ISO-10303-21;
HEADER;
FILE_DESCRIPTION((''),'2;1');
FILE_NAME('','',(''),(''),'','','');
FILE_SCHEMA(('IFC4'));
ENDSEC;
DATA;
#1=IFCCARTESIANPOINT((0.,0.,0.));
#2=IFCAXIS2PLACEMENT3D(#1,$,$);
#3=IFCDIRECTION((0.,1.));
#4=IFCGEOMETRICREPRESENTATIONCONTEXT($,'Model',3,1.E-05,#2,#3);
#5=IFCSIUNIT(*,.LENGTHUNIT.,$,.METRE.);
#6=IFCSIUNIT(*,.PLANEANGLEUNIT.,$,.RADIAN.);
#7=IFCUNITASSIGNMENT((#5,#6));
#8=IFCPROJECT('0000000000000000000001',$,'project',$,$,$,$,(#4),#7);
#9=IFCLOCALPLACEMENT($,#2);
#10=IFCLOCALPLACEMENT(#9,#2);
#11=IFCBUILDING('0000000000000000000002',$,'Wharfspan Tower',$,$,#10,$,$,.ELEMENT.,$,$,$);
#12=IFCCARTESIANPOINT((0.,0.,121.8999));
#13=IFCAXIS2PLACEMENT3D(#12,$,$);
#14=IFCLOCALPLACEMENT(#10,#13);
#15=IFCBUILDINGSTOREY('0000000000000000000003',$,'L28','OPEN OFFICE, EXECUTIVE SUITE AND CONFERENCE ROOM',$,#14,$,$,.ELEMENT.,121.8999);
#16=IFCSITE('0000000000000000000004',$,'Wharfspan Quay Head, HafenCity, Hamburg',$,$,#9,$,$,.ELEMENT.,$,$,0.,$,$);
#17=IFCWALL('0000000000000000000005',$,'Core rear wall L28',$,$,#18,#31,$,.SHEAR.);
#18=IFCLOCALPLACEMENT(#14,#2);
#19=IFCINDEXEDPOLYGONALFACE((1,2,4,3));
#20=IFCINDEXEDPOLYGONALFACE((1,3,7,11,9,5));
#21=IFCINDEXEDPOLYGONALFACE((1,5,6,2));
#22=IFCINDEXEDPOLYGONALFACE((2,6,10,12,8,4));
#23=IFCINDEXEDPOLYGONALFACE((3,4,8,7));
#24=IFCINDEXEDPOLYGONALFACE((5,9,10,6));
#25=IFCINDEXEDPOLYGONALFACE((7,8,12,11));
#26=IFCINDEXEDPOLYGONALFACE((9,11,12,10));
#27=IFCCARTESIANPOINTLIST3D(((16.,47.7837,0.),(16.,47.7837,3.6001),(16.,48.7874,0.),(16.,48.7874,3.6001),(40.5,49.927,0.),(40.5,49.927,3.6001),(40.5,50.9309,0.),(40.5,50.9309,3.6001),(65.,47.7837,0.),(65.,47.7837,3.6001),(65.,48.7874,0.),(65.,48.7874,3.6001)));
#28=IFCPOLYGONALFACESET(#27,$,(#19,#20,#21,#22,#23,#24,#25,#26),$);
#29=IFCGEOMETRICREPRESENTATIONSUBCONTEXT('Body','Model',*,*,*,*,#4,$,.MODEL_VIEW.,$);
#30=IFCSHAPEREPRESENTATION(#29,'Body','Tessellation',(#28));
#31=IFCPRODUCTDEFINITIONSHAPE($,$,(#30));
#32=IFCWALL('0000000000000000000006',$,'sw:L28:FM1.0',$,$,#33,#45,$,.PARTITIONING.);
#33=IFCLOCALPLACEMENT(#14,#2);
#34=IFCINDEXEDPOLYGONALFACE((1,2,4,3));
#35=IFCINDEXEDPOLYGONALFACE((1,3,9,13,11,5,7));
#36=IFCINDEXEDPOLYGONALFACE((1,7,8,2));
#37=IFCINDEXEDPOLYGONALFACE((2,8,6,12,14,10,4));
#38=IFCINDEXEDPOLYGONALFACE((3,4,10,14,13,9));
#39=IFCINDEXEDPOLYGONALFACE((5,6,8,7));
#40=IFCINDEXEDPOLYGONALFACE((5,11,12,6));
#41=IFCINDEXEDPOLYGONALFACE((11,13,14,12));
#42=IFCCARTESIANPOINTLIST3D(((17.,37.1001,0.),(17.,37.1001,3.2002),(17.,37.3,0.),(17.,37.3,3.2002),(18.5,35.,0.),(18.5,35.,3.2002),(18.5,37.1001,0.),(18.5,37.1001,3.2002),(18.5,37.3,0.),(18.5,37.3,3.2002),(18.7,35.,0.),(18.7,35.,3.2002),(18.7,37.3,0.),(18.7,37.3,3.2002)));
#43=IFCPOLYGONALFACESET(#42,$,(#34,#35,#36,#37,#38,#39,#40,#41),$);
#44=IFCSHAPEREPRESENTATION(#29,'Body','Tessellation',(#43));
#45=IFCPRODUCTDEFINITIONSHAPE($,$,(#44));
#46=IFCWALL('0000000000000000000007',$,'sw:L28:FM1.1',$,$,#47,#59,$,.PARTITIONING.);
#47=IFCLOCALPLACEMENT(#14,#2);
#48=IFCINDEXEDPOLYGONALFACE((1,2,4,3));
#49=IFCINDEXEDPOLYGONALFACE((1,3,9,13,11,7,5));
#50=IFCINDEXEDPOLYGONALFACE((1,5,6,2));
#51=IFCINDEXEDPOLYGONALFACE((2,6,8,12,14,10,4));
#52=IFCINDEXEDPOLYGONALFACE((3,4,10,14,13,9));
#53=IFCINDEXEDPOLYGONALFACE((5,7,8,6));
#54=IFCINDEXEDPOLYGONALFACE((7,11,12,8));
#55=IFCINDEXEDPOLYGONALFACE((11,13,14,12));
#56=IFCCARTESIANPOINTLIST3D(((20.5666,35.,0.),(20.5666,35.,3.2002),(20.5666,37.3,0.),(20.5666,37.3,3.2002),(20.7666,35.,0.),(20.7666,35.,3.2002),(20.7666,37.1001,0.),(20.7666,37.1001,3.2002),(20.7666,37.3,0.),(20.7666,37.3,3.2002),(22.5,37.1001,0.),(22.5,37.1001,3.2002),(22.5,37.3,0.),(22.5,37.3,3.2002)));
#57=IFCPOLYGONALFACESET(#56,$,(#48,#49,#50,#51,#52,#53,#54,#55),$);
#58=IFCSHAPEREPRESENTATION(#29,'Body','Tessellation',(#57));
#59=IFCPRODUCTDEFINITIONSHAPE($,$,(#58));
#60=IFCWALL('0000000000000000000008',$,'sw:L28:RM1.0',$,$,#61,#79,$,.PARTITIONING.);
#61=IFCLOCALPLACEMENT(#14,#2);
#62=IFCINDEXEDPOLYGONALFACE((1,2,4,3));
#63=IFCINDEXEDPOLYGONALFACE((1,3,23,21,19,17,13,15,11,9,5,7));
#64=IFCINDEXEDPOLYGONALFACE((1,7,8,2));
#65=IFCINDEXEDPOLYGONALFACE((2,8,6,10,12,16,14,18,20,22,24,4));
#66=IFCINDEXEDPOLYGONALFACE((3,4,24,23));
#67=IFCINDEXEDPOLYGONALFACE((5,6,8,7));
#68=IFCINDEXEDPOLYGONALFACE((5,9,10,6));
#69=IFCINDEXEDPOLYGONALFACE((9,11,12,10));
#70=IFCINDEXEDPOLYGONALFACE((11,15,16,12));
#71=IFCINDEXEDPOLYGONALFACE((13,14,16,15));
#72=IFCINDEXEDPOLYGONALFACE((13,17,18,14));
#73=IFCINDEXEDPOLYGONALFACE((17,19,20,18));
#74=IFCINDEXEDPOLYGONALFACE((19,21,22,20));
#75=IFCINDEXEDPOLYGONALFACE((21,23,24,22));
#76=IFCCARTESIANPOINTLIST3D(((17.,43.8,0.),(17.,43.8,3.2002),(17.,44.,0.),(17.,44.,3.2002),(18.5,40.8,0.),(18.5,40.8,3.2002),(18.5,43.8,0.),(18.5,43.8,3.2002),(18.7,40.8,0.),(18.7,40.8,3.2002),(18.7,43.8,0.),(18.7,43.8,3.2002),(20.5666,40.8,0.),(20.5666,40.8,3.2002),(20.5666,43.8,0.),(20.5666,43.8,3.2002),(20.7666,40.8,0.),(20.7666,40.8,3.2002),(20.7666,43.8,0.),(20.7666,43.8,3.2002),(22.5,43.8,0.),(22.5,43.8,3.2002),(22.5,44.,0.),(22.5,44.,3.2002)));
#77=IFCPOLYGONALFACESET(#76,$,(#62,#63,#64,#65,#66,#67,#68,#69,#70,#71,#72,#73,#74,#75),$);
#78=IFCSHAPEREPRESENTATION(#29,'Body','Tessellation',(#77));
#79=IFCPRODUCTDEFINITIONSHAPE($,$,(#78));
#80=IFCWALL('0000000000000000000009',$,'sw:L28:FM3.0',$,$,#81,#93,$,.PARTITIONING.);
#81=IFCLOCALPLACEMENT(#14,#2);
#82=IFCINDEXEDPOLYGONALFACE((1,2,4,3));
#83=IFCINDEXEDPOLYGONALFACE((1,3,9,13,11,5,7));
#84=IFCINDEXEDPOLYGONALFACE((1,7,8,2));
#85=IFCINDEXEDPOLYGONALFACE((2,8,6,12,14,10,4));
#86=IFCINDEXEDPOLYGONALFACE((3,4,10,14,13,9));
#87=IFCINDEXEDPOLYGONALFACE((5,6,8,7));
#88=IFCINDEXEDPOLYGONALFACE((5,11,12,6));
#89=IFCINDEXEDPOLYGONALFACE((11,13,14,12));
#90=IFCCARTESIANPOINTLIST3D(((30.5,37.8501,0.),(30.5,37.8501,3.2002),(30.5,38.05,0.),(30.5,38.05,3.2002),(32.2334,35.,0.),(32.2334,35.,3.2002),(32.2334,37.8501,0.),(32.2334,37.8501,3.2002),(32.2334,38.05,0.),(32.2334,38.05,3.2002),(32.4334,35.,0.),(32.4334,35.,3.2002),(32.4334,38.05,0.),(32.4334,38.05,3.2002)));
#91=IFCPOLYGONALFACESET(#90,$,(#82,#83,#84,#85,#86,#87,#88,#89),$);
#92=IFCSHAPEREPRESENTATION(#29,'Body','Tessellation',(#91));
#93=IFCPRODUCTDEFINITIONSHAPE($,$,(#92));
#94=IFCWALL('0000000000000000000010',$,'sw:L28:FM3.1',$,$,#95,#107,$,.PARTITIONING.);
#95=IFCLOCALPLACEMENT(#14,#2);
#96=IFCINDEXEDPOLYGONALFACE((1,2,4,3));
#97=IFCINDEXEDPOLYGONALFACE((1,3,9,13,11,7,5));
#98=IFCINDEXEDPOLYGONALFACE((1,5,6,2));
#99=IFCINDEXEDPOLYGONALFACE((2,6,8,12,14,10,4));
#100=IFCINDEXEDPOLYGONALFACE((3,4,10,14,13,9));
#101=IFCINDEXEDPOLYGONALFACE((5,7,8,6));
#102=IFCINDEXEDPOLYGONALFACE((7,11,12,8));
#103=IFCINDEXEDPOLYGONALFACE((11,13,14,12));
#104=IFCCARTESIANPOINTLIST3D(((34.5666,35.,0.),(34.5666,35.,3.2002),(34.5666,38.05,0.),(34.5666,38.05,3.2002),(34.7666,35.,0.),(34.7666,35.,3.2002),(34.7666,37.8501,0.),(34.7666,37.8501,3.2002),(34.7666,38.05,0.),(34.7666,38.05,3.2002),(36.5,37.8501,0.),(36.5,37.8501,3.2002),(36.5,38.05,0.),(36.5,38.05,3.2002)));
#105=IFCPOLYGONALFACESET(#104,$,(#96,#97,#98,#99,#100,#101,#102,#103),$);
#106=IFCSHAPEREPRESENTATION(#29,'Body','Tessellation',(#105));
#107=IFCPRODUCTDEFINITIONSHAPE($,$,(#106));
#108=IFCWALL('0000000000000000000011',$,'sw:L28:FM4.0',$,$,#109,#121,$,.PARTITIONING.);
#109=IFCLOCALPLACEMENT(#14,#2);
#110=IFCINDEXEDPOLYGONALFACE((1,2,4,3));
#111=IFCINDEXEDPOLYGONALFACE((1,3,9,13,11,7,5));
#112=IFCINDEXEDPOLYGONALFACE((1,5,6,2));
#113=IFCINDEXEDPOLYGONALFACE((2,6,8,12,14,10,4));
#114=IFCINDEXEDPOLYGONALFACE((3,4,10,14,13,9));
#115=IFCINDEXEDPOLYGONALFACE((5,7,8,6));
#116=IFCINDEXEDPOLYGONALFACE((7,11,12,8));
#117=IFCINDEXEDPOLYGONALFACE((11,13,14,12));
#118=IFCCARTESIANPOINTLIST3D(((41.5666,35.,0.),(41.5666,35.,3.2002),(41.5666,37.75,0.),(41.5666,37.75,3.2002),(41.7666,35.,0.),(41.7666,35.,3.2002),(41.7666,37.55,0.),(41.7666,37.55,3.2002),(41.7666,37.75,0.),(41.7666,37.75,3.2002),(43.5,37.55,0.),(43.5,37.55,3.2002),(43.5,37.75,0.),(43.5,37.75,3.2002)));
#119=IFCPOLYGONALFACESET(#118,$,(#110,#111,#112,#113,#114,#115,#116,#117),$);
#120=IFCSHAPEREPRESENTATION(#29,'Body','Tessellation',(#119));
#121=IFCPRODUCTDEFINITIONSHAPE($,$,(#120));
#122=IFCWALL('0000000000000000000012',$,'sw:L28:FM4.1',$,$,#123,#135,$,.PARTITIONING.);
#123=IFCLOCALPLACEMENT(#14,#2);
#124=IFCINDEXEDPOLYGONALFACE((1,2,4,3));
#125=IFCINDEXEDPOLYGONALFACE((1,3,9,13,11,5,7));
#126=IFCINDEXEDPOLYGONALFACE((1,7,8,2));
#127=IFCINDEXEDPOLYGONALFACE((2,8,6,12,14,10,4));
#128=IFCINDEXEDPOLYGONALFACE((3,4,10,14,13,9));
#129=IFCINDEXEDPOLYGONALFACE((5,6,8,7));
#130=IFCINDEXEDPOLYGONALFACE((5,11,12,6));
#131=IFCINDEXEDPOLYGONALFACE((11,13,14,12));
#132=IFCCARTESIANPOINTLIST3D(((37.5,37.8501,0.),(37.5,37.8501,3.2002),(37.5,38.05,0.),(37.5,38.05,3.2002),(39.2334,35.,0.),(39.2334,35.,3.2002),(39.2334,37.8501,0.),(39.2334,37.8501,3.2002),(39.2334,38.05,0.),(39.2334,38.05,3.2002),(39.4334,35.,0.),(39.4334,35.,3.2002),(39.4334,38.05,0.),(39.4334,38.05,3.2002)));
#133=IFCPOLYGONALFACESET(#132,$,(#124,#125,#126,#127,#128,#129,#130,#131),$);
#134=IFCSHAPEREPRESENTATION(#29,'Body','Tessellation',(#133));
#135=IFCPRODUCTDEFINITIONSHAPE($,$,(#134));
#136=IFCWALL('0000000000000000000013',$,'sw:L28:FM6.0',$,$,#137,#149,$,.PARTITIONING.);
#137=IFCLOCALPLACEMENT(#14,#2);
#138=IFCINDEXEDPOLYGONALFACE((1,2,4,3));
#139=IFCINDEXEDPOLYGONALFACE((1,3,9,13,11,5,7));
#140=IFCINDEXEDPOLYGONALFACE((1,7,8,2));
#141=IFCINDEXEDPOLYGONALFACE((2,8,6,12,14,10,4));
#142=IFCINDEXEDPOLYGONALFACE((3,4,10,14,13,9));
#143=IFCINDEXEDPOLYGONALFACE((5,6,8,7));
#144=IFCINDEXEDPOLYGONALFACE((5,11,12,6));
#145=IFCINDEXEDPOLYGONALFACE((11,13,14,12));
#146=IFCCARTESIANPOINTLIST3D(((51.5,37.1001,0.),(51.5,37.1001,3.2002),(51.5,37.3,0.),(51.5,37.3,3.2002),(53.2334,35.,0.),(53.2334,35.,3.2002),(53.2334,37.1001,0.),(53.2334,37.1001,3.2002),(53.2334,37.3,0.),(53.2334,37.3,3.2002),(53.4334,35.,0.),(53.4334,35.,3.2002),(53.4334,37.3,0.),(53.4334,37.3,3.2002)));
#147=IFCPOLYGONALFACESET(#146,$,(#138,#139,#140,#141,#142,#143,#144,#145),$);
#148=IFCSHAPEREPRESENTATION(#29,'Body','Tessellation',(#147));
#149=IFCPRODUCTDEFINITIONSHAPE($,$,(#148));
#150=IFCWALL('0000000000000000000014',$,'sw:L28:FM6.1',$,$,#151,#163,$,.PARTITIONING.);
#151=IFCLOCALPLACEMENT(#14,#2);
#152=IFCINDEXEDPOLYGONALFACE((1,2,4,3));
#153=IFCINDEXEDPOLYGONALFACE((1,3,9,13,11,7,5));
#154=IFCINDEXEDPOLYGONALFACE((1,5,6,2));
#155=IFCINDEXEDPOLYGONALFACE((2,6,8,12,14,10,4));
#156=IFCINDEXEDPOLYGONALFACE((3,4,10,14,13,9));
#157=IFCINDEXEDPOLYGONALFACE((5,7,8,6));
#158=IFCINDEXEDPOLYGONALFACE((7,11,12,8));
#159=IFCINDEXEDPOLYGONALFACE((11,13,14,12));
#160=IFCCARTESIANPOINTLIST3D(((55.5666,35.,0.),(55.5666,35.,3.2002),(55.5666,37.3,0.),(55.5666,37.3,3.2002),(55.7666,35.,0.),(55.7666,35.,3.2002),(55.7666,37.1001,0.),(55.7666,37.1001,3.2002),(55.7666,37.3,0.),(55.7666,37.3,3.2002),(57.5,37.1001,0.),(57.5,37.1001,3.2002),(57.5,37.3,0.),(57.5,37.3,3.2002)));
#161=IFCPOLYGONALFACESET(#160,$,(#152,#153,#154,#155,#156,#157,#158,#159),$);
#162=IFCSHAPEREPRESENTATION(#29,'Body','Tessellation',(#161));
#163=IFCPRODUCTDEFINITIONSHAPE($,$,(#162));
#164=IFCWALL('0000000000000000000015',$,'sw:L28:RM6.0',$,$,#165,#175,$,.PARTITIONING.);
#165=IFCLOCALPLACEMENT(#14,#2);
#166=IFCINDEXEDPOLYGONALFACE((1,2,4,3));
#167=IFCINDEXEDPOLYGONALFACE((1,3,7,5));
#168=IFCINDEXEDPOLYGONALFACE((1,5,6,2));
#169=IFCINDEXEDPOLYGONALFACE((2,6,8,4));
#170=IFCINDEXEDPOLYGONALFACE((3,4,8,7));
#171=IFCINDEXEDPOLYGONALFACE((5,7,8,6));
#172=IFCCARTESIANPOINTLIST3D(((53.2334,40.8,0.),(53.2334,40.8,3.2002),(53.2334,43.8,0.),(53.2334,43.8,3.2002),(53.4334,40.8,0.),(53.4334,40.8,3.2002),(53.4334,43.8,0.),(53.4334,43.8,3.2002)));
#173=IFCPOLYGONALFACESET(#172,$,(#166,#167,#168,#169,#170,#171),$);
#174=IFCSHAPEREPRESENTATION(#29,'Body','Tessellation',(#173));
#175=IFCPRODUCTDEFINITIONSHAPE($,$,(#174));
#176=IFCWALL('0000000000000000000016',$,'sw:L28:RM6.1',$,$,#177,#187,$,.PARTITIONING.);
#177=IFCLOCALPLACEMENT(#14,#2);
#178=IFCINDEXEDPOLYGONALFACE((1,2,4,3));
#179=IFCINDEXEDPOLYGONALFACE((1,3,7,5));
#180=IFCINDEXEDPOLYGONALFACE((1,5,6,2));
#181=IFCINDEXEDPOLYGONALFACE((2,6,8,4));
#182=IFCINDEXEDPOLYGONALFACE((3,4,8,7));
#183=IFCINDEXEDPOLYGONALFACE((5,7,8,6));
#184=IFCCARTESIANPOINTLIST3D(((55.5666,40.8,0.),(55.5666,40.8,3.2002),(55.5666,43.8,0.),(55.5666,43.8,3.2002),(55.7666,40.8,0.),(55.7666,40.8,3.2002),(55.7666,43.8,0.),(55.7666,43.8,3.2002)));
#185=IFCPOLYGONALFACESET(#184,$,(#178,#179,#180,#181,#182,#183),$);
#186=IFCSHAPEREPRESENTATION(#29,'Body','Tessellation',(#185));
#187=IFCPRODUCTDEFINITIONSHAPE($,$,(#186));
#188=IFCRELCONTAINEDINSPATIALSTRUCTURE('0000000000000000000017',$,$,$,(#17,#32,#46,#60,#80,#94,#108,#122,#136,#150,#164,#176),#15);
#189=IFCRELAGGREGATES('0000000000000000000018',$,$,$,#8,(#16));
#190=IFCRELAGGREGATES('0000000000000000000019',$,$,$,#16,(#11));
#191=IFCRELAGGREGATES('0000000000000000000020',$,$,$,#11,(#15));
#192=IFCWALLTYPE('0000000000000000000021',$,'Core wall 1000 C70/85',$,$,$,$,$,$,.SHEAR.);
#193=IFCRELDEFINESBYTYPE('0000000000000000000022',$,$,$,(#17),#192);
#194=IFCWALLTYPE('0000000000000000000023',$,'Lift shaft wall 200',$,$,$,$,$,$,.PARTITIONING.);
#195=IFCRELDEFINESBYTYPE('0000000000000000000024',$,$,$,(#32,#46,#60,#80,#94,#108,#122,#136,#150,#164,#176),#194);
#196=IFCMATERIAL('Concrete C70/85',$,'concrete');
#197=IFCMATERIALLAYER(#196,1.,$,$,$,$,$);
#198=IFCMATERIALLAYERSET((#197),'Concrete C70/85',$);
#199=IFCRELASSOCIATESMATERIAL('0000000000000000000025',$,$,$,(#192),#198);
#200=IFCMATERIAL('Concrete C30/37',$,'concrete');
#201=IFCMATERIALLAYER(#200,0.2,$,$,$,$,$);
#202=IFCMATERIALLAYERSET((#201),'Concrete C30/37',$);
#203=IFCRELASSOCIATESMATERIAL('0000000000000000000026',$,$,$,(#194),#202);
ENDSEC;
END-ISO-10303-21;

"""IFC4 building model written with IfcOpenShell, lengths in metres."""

from ifc_helpers import new_model, si_unit, direction, frame, origin, place, context, subcontext, project, spatial, polyline, outline, extrude, material, layer, layer_set, type_object, element, save


model = new_model("IFC4")

# Units and contexts
model_context = context("Model", 3, precision=1e-05, world=origin(), true_north=direction((0.0, 1.0)))
body_context = subcontext(model_context, "Body", "Model", "MODEL_VIEW")
ifc_project = project(units=[si_unit("LENGTHUNIT", "METRE"), si_unit("PLANEANGLEUNIT", "RADIAN")], contexts=[model_context])

# Site, building, storey
site_placement = place(None, origin())
site = spatial("IfcSite", under=ifc_project, at=site_placement, Name="Wharfspan Quay Head, HafenCity, Hamburg", CompositionType="ELEMENT", RefElevation=0.0)
building_placement = place(site_placement, origin())
building = spatial("IfcBuilding", under=site, at=building_placement, Name="Wharfspan Tower", CompositionType="ELEMENT")
storey_placement = place(building_placement, frame((0.0, 0.0, 121.8999)))
storey = spatial("IfcBuildingStorey", under=building, at=storey_placement, Name="L28", Description="OPEN OFFICE, EXECUTIVE SUITE AND CONFERENCE ROOM", CompositionType="ELEMENT", Elevation=121.8999)

# Walls
ifc_material_1 = material(Name="Concrete C70/85", Category="concrete")
ifc_layer_1 = layer(ifc_material_1, 1.0)
ifc_layer_set_1 = layer_set([ifc_layer_1], Name="Concrete C70/85")
wall_type_1 = type_object("IfcWallType", Name="Core wall 1000 C70/85", PredefinedType="SHEAR", material=ifc_layer_set_1)
wall_1_placement = place(storey_placement, origin())
element("IfcWall", 1, at=wall_1_placement, inside=storey, type_object=wall_type_1, Name="Core rear wall L28", PredefinedType="SHEAR", context=body_context, shape_type="SweptSolid", body=[
    extrude(outline(polyline([(16.0, 47.7837), (40.5, 49.927), (65.0, 47.7837), (65.0, 48.7874), (40.5, 50.9309), (16.0, 48.7874), (16.0, 47.7837)])), origin(), (0.0, 0.0, 1.0), 3.6001),
])
ifc_material_2 = material(Name="Concrete C30/37", Category="concrete")
ifc_layer_2 = layer(ifc_material_2, 0.2)
ifc_layer_set_2 = layer_set([ifc_layer_2], Name="Concrete C30/37")
wall_type_2 = type_object("IfcWallType", Name="Lift shaft wall 200", PredefinedType="PARTITIONING", material=ifc_layer_set_2)
wall_2_placement = place(storey_placement, origin())
element("IfcWall", 2, at=wall_2_placement, inside=storey, type_object=wall_type_2, Name="sw:L28:FM1.0", PredefinedType="PARTITIONING", context=body_context, shape_type="SweptSolid", body=[
    extrude(outline(polyline([(18.5, 37.1001), (17.0, 37.1001), (17.0, 37.3), (18.5, 37.3), (18.7, 37.3), (18.7, 35.0), (18.5, 35.0), (18.5, 37.1001)])), origin(), (0.0, 0.0, 1.0), 3.2002),
])
wall_3_placement = place(storey_placement, origin())
element("IfcWall", 3, at=wall_3_placement, inside=storey, type_object=wall_type_2, Name="sw:L28:FM1.1", PredefinedType="PARTITIONING", context=body_context, shape_type="SweptSolid", body=[
    extrude(outline(polyline([(20.5666, 37.3), (20.7666, 37.3), (22.5, 37.3), (22.5, 37.1001), (20.7666, 37.1001), (20.7666, 35.0), (20.5666, 35.0), (20.5666, 37.3)])), origin(), (0.0, 0.0, 1.0), 3.2002),
])
wall_4_placement = place(storey_placement, origin())
element("IfcWall", 4, at=wall_4_placement, inside=storey, type_object=wall_type_2, Name="sw:L28:RM1.0", PredefinedType="PARTITIONING", context=body_context, shape_type="SweptSolid", body=[
    extrude(outline(polyline([(18.7, 40.8), (18.5, 40.8), (18.5, 43.8), (17.0, 43.8), (17.0, 44.0), (22.5, 44.0), (22.5, 43.8), (20.7666, 43.8), (20.7666, 40.8), (20.5666, 40.8), (20.5666, 43.8), (18.7, 43.8), (18.7, 40.8)])), origin(), (0.0, 0.0, 1.0), 3.2002),
])
wall_5_placement = place(storey_placement, origin())
element("IfcWall", 5, at=wall_5_placement, inside=storey, type_object=wall_type_2, Name="sw:L28:FM3.0", PredefinedType="PARTITIONING", context=body_context, shape_type="SweptSolid", body=[
    extrude(outline(polyline([(32.2334, 37.8501), (30.5, 37.8501), (30.5, 38.05), (32.2334, 38.05), (32.4333, 38.05), (32.4333, 35.0), (32.2334, 35.0), (32.2334, 37.8501)])), origin(), (0.0, 0.0, 1.0), 3.2002),
])
wall_6_placement = place(storey_placement, origin())
element("IfcWall", 6, at=wall_6_placement, inside=storey, type_object=wall_type_2, Name="sw:L28:FM3.1", PredefinedType="PARTITIONING", context=body_context, shape_type="SweptSolid", body=[
    extrude(outline(polyline([(34.5667, 38.05), (34.7666, 38.05), (36.5, 38.05), (36.5, 37.8501), (34.7666, 37.8501), (34.7666, 35.0), (34.5667, 35.0), (34.5667, 38.05)])), origin(), (0.0, 0.0, 1.0), 3.2002),
])
wall_7_placement = place(storey_placement, origin())
element("IfcWall", 7, at=wall_7_placement, inside=storey, type_object=wall_type_2, Name="sw:L28:FM4.0", PredefinedType="PARTITIONING", context=body_context, shape_type="SweptSolid", body=[
    extrude(outline(polyline([(41.5667, 37.75), (41.7666, 37.75), (43.5, 37.75), (43.5, 37.55), (41.7666, 37.55), (41.7666, 35.0), (41.5667, 35.0), (41.5667, 37.75)])), origin(), (0.0, 0.0, 1.0), 3.2002),
])
wall_8_placement = place(storey_placement, origin())
element("IfcWall", 8, at=wall_8_placement, inside=storey, type_object=wall_type_2, Name="sw:L28:FM4.1", PredefinedType="PARTITIONING", context=body_context, shape_type="SweptSolid", body=[
    extrude(outline(polyline([(39.2334, 37.8501), (37.5, 37.8501), (37.5, 38.05), (39.2334, 38.05), (39.4333, 38.05), (39.4333, 35.0), (39.2334, 35.0), (39.2334, 37.8501)])), origin(), (0.0, 0.0, 1.0), 3.2002),
])
wall_9_placement = place(storey_placement, origin())
element("IfcWall", 9, at=wall_9_placement, inside=storey, type_object=wall_type_2, Name="sw:L28:FM6.0", PredefinedType="PARTITIONING", context=body_context, shape_type="SweptSolid", body=[
    extrude(outline(polyline([(53.2334, 37.1001), (51.5, 37.1001), (51.5, 37.3), (53.2334, 37.3), (53.4333, 37.3), (53.4333, 35.0), (53.2334, 35.0), (53.2334, 37.1001)])), origin(), (0.0, 0.0, 1.0), 3.2002),
])
wall_10_placement = place(storey_placement, origin())
element("IfcWall", 10, at=wall_10_placement, inside=storey, type_object=wall_type_2, Name="sw:L28:FM6.1", PredefinedType="PARTITIONING", context=body_context, shape_type="SweptSolid", body=[
    extrude(outline(polyline([(55.5667, 37.3), (55.7666, 37.3), (57.5, 37.3), (57.5, 37.1001), (55.7666, 37.1001), (55.7666, 35.0), (55.5667, 35.0), (55.5667, 37.3)])), origin(), (0.0, 0.0, 1.0), 3.2002),
])
wall_11_placement = place(storey_placement, origin())
element("IfcWall", 11, at=wall_11_placement, inside=storey, type_object=wall_type_2, Name="sw:L28:RM6.0", PredefinedType="PARTITIONING", context=body_context, shape_type="SweptSolid", body=[
    extrude(outline(polyline([(53.2334, 40.8), (53.2334, 43.8), (53.4333, 43.8), (53.4333, 40.8), (53.2334, 40.8)])), origin(), (0.0, 0.0, 1.0), 3.2002),
])
wall_12_placement = place(storey_placement, origin())
element("IfcWall", 12, at=wall_12_placement, inside=storey, type_object=wall_type_2, Name="sw:L28:RM6.1", PredefinedType="PARTITIONING", context=body_context, shape_type="SweptSolid", body=[
    extrude(outline(polyline([(55.5667, 40.8), (55.5667, 43.8), (55.7666, 43.8), (55.7666, 40.8), (55.5667, 40.8)])), origin(), (0.0, 0.0, 1.0), 3.2002),
])

save(model, "model.ifc")
